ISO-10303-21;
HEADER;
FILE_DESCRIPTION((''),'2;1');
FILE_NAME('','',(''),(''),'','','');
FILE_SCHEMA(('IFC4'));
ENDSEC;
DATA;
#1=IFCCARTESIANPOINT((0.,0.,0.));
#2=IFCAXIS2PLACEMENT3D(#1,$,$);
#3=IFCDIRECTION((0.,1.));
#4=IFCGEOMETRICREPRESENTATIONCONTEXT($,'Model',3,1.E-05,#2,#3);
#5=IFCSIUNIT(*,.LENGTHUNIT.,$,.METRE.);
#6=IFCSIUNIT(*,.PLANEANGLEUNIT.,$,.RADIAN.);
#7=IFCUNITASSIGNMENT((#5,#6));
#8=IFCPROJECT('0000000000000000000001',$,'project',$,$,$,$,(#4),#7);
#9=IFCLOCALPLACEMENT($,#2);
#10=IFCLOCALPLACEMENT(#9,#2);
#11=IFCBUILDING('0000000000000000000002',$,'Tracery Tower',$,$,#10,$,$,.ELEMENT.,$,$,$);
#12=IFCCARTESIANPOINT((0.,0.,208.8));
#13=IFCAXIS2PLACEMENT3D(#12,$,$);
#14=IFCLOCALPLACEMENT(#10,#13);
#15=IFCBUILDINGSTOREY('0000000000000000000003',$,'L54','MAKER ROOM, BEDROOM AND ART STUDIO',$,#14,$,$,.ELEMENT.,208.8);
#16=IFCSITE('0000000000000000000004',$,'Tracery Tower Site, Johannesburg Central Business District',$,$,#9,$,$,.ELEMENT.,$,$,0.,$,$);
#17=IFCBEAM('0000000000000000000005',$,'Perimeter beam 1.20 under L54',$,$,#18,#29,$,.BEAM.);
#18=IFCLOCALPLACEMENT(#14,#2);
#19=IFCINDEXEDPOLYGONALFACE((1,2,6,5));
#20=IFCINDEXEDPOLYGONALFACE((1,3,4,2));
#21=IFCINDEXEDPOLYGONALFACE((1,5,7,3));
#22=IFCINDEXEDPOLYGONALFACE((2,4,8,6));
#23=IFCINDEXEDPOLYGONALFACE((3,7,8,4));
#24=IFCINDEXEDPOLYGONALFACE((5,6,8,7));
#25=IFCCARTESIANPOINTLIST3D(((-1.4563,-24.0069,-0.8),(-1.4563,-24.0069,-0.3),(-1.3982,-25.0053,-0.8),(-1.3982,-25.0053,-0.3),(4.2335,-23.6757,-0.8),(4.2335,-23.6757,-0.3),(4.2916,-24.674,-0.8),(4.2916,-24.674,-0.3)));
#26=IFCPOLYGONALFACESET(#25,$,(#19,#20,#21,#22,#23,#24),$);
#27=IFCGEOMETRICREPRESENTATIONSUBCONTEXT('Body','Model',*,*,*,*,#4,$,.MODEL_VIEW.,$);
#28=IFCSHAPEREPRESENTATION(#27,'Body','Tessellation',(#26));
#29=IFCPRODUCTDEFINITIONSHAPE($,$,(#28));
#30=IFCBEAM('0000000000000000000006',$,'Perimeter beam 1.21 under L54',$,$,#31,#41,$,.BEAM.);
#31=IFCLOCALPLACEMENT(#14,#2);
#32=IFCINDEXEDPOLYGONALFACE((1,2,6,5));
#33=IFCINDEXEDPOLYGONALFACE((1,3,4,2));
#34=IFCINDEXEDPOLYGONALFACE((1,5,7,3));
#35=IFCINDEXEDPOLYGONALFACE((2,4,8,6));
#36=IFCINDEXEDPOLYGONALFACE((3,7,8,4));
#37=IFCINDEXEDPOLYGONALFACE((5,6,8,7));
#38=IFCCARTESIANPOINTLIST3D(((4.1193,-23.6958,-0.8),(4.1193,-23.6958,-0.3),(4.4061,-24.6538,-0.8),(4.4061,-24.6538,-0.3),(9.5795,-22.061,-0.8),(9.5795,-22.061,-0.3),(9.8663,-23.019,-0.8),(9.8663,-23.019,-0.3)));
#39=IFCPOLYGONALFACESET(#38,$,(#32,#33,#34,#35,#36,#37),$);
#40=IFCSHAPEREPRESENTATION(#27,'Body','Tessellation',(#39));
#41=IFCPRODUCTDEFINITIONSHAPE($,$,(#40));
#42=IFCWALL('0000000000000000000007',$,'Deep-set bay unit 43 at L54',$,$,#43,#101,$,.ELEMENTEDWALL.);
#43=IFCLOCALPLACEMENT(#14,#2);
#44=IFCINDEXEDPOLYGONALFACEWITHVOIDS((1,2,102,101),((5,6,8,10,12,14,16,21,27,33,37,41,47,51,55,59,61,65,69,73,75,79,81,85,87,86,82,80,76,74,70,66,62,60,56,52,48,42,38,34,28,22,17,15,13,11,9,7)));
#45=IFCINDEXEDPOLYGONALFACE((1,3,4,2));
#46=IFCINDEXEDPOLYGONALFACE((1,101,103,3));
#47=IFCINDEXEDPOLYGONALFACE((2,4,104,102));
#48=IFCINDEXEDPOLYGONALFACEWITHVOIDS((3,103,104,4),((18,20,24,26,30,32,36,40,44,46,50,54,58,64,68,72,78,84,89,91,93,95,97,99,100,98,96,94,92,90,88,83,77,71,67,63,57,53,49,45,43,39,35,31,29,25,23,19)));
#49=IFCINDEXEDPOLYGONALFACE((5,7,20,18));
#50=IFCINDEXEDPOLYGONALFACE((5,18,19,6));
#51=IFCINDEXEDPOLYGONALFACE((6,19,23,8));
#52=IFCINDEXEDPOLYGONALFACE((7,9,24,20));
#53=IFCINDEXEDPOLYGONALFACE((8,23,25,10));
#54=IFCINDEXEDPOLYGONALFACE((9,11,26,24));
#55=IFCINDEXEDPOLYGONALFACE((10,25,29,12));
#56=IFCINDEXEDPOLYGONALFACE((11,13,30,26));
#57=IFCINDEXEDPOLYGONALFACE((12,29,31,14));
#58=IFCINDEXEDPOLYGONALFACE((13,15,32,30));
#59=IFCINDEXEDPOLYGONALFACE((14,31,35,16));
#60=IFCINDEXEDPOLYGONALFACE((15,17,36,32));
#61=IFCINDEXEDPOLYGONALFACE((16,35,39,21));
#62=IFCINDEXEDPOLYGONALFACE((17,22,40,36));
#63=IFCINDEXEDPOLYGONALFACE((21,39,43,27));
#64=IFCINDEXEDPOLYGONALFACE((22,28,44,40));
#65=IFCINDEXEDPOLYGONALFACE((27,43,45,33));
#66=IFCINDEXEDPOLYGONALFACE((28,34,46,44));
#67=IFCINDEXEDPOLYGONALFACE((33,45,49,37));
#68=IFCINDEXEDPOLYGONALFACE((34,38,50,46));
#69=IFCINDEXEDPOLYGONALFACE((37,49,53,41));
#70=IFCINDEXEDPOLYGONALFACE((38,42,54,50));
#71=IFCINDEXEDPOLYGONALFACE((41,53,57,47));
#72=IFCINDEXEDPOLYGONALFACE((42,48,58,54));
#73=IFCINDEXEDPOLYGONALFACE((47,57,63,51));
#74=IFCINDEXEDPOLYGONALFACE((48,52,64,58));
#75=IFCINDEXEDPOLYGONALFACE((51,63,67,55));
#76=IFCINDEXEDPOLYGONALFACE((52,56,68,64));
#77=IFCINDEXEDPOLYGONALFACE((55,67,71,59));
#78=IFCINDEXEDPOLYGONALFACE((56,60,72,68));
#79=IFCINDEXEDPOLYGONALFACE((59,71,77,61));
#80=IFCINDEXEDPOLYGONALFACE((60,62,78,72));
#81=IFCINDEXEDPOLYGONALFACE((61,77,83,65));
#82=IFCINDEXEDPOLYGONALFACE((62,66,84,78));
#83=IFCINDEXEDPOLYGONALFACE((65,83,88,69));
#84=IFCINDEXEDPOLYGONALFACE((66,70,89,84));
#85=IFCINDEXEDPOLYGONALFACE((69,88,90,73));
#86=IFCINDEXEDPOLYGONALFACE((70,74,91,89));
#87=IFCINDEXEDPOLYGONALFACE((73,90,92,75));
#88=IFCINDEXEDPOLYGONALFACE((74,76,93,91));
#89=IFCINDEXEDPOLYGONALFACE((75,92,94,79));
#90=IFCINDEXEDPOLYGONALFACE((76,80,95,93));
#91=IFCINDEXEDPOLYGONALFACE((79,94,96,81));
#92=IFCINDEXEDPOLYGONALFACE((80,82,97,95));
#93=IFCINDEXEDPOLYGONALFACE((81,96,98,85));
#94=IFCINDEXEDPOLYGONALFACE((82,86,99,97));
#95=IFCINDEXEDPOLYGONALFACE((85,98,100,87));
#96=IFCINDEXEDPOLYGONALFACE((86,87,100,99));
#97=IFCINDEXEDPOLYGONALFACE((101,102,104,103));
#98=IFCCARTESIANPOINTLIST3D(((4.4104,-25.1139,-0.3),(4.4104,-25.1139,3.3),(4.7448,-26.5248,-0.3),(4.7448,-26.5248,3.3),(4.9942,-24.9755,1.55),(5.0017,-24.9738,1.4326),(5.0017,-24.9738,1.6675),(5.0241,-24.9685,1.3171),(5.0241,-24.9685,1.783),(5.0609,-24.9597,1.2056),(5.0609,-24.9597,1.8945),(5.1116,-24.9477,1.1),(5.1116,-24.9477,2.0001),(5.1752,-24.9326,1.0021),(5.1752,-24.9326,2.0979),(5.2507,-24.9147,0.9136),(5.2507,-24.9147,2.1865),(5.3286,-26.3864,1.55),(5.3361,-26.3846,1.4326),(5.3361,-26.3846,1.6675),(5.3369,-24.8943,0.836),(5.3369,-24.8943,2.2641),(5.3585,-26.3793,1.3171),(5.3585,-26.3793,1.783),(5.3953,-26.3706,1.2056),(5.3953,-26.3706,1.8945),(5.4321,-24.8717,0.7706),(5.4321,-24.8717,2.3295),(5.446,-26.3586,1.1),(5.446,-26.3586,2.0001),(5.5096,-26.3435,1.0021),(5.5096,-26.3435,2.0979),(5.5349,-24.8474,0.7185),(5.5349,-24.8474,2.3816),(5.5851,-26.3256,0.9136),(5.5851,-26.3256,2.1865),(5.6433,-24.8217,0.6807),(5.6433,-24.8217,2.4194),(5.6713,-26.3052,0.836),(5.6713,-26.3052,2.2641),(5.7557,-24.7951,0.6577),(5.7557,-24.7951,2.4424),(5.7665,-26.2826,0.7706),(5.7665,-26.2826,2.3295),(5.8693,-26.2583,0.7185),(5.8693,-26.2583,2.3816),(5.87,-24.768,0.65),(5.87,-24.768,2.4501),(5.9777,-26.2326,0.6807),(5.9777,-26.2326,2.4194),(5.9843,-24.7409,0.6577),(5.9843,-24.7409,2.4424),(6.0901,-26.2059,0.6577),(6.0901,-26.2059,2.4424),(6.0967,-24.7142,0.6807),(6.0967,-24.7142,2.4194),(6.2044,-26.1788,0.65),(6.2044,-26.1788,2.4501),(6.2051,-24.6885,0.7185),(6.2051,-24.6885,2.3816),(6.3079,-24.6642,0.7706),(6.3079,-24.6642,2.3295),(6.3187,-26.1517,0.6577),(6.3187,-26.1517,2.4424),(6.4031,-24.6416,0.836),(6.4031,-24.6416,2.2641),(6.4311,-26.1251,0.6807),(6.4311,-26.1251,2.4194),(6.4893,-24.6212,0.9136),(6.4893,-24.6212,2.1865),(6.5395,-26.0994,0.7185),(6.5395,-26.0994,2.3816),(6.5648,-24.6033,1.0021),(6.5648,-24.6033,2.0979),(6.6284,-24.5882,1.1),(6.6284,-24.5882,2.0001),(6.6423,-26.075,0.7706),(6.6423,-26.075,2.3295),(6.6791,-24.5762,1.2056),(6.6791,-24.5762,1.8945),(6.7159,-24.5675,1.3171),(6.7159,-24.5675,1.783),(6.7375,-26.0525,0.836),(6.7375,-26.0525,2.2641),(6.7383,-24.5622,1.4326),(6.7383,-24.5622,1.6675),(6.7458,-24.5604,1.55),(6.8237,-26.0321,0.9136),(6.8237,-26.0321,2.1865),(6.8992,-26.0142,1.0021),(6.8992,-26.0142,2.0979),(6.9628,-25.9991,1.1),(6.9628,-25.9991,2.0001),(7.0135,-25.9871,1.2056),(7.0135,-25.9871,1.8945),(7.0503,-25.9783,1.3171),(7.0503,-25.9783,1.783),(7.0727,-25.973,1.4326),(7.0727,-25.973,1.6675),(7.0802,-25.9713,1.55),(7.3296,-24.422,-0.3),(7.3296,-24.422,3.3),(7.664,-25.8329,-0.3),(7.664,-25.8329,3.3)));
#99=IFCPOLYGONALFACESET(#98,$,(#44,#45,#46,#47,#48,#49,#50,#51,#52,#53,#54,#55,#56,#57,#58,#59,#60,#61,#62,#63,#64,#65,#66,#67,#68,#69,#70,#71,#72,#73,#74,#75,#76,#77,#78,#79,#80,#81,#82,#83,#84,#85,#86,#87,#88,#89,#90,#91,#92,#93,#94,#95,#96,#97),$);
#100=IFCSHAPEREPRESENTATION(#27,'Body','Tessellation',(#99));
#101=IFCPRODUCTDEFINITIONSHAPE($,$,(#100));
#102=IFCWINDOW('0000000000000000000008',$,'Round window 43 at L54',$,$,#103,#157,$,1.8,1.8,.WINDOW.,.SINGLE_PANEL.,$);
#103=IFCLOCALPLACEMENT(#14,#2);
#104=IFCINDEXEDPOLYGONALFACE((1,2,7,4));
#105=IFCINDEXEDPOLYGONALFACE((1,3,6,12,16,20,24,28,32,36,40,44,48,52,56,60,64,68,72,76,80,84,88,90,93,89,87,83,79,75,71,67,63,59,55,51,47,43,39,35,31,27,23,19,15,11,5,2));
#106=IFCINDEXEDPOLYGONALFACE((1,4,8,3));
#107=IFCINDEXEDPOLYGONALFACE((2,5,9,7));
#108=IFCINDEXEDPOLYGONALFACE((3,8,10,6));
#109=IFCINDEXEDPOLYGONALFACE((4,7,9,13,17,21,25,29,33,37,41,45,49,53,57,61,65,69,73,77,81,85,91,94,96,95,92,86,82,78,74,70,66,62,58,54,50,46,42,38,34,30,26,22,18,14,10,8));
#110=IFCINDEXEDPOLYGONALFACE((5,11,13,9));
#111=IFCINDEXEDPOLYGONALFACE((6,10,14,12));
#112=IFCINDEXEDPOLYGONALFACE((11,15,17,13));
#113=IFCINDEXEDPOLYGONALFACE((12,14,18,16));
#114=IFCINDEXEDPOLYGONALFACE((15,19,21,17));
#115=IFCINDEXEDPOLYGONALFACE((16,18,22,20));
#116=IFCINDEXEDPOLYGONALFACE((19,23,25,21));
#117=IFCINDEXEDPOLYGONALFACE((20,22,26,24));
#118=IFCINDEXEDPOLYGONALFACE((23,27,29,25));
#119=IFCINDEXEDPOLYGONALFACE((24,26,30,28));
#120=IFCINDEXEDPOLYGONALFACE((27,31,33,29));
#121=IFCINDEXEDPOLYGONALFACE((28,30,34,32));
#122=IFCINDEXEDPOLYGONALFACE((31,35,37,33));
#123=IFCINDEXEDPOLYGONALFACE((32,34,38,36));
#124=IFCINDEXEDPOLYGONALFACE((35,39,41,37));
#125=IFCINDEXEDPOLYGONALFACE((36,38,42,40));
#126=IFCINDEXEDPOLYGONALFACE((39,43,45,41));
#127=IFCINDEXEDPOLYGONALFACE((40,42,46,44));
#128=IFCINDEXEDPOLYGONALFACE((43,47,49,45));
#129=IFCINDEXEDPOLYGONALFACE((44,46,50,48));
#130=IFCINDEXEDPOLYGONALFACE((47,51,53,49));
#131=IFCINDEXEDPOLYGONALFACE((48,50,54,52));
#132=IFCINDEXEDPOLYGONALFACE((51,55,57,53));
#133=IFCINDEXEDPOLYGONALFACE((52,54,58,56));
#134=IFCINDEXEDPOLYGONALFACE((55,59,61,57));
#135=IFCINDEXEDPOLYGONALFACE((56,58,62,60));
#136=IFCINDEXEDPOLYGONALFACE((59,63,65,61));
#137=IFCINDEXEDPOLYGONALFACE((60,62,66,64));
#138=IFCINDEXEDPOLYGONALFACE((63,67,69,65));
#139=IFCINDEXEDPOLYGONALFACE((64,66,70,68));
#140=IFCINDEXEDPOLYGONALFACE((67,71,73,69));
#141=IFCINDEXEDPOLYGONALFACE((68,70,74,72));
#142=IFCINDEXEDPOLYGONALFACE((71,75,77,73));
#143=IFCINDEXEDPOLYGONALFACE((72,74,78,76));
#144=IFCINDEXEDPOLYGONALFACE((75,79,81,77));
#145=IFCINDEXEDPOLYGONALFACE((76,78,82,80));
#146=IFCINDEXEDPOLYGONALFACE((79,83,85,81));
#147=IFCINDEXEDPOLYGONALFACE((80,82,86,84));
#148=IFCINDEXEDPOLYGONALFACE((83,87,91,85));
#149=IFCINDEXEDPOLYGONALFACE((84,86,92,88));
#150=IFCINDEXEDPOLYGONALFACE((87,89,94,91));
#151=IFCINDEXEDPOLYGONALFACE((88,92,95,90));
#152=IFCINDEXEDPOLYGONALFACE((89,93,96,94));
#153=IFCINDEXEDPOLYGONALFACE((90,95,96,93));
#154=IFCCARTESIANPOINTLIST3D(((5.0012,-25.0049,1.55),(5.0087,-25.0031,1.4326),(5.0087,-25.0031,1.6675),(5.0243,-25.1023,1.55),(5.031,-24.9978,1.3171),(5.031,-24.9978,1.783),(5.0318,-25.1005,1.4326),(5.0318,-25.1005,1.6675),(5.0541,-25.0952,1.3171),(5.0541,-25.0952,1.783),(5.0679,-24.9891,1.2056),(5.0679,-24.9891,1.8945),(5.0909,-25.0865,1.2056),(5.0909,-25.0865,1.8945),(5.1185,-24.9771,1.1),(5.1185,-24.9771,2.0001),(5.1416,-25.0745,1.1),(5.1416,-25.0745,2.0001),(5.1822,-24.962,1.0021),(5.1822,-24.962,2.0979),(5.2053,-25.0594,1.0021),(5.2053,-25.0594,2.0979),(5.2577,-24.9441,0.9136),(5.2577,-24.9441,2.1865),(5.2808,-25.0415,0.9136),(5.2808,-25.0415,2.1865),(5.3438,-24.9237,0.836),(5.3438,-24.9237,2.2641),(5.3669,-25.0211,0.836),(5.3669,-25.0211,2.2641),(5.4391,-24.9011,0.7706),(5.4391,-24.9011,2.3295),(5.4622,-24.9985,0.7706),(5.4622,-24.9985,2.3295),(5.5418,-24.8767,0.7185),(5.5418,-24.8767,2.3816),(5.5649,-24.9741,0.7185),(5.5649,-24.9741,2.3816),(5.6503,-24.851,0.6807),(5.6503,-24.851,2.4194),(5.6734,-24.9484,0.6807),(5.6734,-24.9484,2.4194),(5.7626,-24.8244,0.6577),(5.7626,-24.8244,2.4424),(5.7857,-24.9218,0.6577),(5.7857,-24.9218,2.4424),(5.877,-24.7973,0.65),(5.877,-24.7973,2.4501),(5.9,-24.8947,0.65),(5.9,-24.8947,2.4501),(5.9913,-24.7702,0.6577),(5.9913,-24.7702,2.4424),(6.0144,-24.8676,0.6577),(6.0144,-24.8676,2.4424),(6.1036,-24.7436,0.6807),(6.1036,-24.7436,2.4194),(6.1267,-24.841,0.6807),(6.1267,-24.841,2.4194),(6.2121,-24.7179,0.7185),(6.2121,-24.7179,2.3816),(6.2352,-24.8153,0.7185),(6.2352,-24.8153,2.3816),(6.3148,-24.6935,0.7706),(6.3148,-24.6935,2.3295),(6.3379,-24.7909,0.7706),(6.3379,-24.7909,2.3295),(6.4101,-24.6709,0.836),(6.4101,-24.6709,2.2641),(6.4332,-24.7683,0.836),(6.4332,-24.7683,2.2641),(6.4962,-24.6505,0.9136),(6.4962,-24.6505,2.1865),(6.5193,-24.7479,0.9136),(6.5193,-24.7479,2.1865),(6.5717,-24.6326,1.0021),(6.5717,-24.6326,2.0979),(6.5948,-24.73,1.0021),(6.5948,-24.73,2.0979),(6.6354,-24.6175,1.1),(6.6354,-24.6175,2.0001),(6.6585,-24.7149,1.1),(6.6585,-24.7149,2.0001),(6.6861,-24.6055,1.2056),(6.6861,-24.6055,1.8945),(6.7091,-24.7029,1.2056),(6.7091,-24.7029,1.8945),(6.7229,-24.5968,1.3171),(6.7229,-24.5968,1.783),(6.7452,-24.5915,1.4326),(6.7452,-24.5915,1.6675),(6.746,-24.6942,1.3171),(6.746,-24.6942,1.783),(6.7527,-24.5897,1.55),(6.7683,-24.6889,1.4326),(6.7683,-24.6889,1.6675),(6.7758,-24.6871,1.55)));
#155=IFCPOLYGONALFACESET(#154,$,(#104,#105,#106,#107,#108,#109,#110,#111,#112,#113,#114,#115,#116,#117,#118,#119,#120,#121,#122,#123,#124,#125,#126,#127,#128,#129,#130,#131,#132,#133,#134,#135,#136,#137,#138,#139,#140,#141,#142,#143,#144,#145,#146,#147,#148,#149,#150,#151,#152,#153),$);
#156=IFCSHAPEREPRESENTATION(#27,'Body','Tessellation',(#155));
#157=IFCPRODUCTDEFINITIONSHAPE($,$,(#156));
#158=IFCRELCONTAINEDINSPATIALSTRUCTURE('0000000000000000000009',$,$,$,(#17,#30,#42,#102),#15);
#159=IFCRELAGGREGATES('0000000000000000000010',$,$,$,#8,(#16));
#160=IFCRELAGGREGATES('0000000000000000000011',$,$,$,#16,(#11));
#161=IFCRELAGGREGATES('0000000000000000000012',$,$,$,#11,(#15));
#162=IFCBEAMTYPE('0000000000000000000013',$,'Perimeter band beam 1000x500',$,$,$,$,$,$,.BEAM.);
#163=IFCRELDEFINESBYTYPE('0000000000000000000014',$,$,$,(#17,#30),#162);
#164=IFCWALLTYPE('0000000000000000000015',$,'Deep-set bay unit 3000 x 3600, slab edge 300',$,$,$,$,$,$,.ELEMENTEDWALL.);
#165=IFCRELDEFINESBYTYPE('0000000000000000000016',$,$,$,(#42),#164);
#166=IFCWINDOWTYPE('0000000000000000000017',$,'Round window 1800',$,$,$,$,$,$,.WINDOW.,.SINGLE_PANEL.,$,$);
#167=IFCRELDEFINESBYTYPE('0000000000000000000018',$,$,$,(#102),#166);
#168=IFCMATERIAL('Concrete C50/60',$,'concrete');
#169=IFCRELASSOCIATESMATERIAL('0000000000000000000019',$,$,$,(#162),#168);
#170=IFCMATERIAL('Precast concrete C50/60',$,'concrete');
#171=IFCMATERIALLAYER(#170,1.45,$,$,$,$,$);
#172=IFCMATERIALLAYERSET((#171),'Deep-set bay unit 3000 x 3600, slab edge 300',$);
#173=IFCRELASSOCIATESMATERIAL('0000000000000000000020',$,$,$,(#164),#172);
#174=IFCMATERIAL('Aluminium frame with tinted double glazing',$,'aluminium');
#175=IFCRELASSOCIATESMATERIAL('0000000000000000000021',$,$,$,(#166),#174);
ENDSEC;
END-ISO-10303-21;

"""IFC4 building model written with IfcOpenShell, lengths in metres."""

from ifc_helpers import new_model, si_unit, direction, frame, frame_2d, origin, origin_2d, place, context, subcontext, project, spatial, rectangle, circle, extrude, material, layer, layer_set, material_profile, profile_set, type_object, element, fill, save


model = new_model("IFC4")

# Units and contexts
model_context = context("Model", 3, precision=1e-05, world=origin(), true_north=direction((0.0, 1.0)))
body_context = subcontext(model_context, "Body", "Model", "MODEL_VIEW")
ifc_project = project(units=[si_unit("LENGTHUNIT", "METRE"), si_unit("PLANEANGLEUNIT", "RADIAN")], contexts=[model_context])

# Site, building, storey
site_placement = place(None, origin())
site = spatial("IfcSite", under=ifc_project, at=site_placement, Name="Tracery Tower Site, Johannesburg Central Business District", CompositionType="ELEMENT", RefElevation=0.0)
building_placement = place(site_placement, origin())
building = spatial("IfcBuilding", under=site, at=building_placement, Name="Tracery Tower", CompositionType="ELEMENT")
storey_placement = place(building_placement, frame((0.0, 0.0, 208.8)))
storey = spatial("IfcBuildingStorey", under=building, at=storey_placement, Name="L54", Description="MAKER ROOM, BEDROOM AND ART STUDIO", CompositionType="ELEMENT", Elevation=208.8)

# Beams
ifc_material_1 = material(Name="Concrete C50/60", Category="concrete")
ifc_material_profile_1 = material_profile(ifc_material_1, rectangle(XDim=1.0, YDim=0.5, at=origin_2d()), Name="RC 1000x500")
ifc_profile_set_1 = profile_set([ifc_material_profile_1], Name="Concrete C50/60")
beam_type = type_object("IfcBeamType", Name="Perimeter band beam 1000x500", PredefinedType="BEAM", material=ifc_profile_set_1)
beam_1_placement = place(storey_placement, frame((-1.4272, -24.5061, -0.55), z_axis=(0.998309, 0.058127, 0.0), x_axis=(-0.058127, 0.998309, 0.0)))
element("IfcBeam", 1, at=beam_1_placement, inside=storey, type_object=beam_type, Name="Perimeter beam 1.20 under L54", PredefinedType="BEAM", context=body_context, shape_type="SweptSolid", body=[
    extrude(rectangle(XDim=1.0, YDim=0.5, at=origin_2d()), origin(), (0.0, 0.0, 1.0), 5.6995),
])
beam_2_placement = place(storey_placement, frame((4.2627, -24.1748, -0.55), z_axis=(0.957985, 0.286817, 0.0), x_axis=(-0.286817, 0.957985, 0.0)))
element("IfcBeam", 2, at=beam_2_placement, inside=storey, type_object=beam_type, Name="Perimeter beam 1.21 under L54", PredefinedType="BEAM", context=body_context, shape_type="SweptSolid", body=[
    extrude(rectangle(XDim=1.0, YDim=0.5, at=origin_2d()), origin(), (0.0, 0.0, 1.0), 5.6997),
])

# Wall, opening, window
ifc_material_2 = material(Name="Precast concrete C50/60", Category="concrete")
ifc_layer_1 = layer(ifc_material_2, 1.45)
ifc_layer_set_1 = layer_set([ifc_layer_1], Name="Deep-set bay unit 3000 x 3600, slab edge 300")
wall_type_1 = type_object("IfcWallType", Name="Deep-set bay unit 3000 x 3600, slab edge 300", PredefinedType="ELEMENTEDWALL", material=ifc_layer_set_1)
wall_1_placement = place(storey_placement, frame((4.5776, -25.8193, -0.3), z_axis=(0.0, 0.0, 1.0), x_axis=(0.973042, 0.230627, 0.0)))
wall_1 = element("IfcWall", 3, at=wall_1_placement, inside=storey, type_object=wall_type_1, Name="Deep-set bay unit 43 at L54", PredefinedType="ELEMENTEDWALL", context=body_context, shape_type="SweptSolid", body=[
    extrude(rectangle(XDim=3.0, YDim=1.45, at=frame_2d((1.5, 0.0))), origin(), (0.0, 0.0, 1.0), 3.6001),
])
opening_1_placement = place(wall_1_placement, frame((1.5, 0.0, 1.8501)))
opening_1 = element("IfcOpeningElement", 4, at=opening_1_placement, cuts=wall_1, PredefinedType="OPENING", context=body_context, shape_type="SweptSolid", body=[
    extrude(circle(Radius=0.9, at=origin_2d()), frame((0.0, 0.7349, 0.0), z_axis=(0.0, -1.0, 0.0), x_axis=(1.0, 0.0, 0.0)), (0.0, 0.0, 1.0), 1.47),
])
ifc_material_3 = material(Name="Aluminium frame with tinted double glazing", Category="aluminium")
window_type = type_object("IfcWindowType", Name="Round window 1800", PartitioningType="SINGLE_PANEL", PredefinedType="WINDOW", material=ifc_material_3)
window_1_placement = place(opening_1_placement, origin())
window_1 = element("IfcWindow", 5, at=window_1_placement, inside=storey, type_object=window_type, Name="Round window 43 at L54", OverallHeight=1.8, OverallWidth=1.8, PartitioningType="SINGLE_PANEL", PredefinedType="WINDOW", context=body_context, shape_type="SweptSolid", body=[
    extrude(circle(Radius=0.9, at=origin_2d()), frame((0.0, 0.6948, 0.0), z_axis=(0.0, -1.0, 0.0), x_axis=(1.0, 0.0, 0.0)), (0.0, 0.0, 1.0), 0.1001),
])
fill(opening_1, window_1)

save(model, "model.ifc")
